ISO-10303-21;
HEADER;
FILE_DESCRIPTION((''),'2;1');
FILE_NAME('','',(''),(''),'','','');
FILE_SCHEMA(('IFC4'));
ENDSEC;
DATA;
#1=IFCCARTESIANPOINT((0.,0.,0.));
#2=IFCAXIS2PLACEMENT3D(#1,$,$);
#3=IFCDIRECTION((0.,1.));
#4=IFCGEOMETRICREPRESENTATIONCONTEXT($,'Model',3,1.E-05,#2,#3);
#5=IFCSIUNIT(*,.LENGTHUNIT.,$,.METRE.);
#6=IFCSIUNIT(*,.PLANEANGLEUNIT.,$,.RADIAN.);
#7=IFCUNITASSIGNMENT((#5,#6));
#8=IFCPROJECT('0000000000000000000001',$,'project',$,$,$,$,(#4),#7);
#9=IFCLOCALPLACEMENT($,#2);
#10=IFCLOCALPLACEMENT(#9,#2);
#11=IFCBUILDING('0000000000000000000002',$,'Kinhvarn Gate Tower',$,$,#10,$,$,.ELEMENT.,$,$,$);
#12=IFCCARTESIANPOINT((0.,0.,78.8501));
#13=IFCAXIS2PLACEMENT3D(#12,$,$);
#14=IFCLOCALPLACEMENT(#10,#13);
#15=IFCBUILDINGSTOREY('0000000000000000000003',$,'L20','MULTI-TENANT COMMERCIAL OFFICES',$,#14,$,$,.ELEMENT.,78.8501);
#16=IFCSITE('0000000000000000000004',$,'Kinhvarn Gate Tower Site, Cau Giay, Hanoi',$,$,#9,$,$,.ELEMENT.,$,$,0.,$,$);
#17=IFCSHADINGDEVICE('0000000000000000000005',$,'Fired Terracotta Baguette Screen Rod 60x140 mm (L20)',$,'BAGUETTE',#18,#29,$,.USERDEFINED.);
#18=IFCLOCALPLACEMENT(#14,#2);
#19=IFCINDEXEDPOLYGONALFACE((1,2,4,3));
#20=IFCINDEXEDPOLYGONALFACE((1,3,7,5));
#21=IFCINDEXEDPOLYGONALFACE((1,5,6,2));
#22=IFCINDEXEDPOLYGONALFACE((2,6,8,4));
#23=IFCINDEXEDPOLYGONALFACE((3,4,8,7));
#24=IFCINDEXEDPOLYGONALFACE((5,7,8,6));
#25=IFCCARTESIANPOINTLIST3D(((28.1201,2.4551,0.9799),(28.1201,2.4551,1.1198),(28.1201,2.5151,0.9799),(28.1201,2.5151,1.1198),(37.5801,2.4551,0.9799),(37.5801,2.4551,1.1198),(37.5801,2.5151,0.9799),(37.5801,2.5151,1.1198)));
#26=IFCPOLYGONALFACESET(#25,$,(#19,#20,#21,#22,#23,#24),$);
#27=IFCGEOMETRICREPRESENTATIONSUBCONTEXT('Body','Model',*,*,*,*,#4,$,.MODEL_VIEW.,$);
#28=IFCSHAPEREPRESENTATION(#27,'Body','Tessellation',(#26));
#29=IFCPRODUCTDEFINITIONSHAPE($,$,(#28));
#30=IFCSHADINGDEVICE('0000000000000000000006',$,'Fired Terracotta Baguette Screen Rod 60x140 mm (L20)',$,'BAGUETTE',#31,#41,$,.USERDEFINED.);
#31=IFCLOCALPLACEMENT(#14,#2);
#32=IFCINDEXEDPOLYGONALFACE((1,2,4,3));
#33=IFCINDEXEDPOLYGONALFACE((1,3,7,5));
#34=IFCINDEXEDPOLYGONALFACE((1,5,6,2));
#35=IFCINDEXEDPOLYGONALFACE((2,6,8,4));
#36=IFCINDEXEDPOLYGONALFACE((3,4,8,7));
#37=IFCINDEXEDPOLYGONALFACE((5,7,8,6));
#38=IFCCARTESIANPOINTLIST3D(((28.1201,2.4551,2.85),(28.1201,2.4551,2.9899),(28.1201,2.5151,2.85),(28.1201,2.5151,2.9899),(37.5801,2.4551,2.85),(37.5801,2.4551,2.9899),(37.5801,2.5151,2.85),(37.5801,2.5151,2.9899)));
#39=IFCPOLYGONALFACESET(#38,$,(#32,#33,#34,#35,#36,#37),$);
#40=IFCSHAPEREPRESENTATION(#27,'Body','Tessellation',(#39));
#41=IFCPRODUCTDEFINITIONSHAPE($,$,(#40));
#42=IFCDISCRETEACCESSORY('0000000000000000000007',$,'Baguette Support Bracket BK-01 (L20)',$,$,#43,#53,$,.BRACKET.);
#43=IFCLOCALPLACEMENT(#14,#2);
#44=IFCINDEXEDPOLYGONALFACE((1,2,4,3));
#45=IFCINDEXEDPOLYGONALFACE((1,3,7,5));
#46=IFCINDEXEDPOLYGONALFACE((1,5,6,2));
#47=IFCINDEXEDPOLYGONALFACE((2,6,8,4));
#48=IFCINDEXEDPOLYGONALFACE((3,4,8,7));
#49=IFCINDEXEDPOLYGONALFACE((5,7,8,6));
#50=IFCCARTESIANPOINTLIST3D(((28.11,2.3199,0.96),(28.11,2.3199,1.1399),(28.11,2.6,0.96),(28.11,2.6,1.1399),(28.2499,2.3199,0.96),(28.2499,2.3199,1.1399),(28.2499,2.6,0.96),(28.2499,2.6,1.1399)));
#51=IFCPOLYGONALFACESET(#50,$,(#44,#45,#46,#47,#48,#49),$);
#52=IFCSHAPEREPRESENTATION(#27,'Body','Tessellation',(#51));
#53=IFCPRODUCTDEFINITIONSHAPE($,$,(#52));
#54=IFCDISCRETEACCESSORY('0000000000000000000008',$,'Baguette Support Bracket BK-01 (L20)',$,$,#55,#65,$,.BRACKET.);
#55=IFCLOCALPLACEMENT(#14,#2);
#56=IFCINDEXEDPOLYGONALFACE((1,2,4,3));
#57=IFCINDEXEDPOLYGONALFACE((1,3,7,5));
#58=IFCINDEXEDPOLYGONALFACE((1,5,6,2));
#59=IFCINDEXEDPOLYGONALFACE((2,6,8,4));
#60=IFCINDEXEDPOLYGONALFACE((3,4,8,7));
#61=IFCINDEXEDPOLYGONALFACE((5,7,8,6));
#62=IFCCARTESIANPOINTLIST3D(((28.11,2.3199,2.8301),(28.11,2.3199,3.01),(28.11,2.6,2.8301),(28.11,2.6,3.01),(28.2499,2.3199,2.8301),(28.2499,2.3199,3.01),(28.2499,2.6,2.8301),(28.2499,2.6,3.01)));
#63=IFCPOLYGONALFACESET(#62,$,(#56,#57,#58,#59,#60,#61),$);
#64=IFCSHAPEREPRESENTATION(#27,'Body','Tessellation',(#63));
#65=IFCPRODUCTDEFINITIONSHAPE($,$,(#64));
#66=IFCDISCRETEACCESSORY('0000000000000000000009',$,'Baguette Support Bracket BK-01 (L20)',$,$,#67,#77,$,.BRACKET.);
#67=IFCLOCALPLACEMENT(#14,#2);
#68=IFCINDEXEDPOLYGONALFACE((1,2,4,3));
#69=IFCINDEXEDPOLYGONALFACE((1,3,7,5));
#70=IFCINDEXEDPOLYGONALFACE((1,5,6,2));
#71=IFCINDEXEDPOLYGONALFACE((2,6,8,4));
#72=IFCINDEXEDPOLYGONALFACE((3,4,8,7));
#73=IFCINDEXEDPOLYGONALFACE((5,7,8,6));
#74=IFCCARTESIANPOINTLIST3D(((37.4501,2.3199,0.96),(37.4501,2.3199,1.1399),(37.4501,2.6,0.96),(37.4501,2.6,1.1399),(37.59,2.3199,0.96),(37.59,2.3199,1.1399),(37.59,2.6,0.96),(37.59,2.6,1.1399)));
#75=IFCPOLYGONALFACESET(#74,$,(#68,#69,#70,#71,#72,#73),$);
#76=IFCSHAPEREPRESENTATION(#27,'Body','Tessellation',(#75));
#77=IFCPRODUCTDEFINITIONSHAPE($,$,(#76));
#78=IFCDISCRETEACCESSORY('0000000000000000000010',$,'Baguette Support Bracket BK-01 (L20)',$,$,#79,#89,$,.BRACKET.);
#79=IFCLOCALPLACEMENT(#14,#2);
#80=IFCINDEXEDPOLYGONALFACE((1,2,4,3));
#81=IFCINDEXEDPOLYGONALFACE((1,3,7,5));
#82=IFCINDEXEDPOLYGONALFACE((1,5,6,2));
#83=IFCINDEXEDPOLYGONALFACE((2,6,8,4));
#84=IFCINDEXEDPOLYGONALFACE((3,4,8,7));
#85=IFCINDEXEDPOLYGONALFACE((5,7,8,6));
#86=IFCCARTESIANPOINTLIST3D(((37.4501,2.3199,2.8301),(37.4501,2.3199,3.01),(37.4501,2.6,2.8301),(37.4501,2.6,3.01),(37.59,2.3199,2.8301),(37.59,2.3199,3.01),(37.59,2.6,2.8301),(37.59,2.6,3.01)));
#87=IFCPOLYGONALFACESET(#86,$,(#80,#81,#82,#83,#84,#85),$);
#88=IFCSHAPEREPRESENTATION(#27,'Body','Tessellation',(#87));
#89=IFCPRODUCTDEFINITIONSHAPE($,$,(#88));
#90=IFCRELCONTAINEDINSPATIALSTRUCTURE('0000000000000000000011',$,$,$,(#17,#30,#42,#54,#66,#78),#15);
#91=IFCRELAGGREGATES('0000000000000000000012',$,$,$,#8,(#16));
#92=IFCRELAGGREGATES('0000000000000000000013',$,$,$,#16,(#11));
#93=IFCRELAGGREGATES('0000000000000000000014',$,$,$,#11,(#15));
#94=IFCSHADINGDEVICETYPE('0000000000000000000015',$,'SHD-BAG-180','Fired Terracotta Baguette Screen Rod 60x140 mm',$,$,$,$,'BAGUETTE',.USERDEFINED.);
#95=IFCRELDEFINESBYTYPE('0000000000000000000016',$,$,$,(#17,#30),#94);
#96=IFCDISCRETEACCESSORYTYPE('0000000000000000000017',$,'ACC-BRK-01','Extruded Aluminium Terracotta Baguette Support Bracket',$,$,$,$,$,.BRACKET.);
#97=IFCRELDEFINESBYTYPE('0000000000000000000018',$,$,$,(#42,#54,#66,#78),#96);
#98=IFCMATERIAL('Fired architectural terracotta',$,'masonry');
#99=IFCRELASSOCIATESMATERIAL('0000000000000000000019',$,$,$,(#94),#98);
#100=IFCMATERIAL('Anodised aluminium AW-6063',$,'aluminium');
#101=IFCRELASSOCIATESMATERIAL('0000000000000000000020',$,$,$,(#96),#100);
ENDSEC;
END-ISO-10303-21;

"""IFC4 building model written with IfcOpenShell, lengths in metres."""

from ifc_helpers import new_model, si_unit, direction, frame, origin, origin_2d, place, context, subcontext, project, spatial, rectangle, extrude, material, material_profile, profile_set, type_object, element, save


model = new_model("IFC4")

# Units and contexts
model_context = context("Model", 3, precision=1e-05, world=origin(), true_north=direction((0.0, 1.0)))
body_context = subcontext(model_context, "Body", "Model", "MODEL_VIEW")
ifc_project = project(units=[si_unit("LENGTHUNIT", "METRE"), si_unit("PLANEANGLEUNIT", "RADIAN")], contexts=[model_context])

# Site, building, storey
site_placement = place(None, origin())
site = spatial("IfcSite", under=ifc_project, at=site_placement, Name="Kinhvarn Gate Tower Site, Cau Giay, Hanoi", CompositionType="ELEMENT", RefElevation=0.0)
building_placement = place(site_placement, origin())
building = spatial("IfcBuilding", under=site, at=building_placement, Name="Kinhvarn Gate Tower", CompositionType="ELEMENT")
storey_placement = place(building_placement, frame((0.0, 0.0, 78.8501)))
storey = spatial("IfcBuildingStorey", under=building, at=storey_placement, Name="L20", Description="MULTI-TENANT COMMERCIAL OFFICES", CompositionType="ELEMENT", Elevation=78.8501)

# Shared definitions
ifc_material_1 = material(Name="Anodised aluminium AW-6063", Category="aluminium")

# Shading devices
ifc_material_2 = material(Name="Fired architectural terracotta", Category="masonry")
ifc_material_profile_1 = material_profile(ifc_material_2, rectangle(XDim=0.0601, YDim=0.1399, at=origin_2d()), Name="TC 60x140")
ifc_profile_set_1 = profile_set([ifc_material_profile_1], Name="Fired architectural terracotta")
shading_device_type = type_object("IfcShadingDeviceType", Name="SHD-BAG-180", Description="Fired Terracotta Baguette Screen Rod 60x140 mm", ElementType="BAGUETTE", PredefinedType="USERDEFINED", material=ifc_profile_set_1)
for number, where, z_axis, x_axis, name in (
    (1, (28.1201, 2.4851, 1.0498), (1.0, 0.0, 0.0), (0.0, 1.0, 0.0), "Fired Terracotta Baguette Screen Rod 60x140 mm (L20)"),
    (2, (28.1201, 2.4851, 2.9199), (1.0, 0.0, 0.0), (0.0, 1.0, 0.0), "Fired Terracotta Baguette Screen Rod 60x140 mm (L20)"),
):
    element("IfcShadingDevice", number, at=place(storey_placement, frame(where, z_axis=z_axis, x_axis=x_axis)), inside=storey, type_object=shading_device_type, Name=name, ObjectType="BAGUETTE", PredefinedType="USERDEFINED", context=body_context, shape_type="SweptSolid", body=[
        extrude(rectangle(XDim=0.0601, YDim=0.1399, at=origin_2d()), origin(), (0.0, 0.0, 1.0), 9.46),
    ])

# Discrete accessories
discrete_accessory_type = type_object("IfcDiscreteAccessoryType", Name="ACC-BRK-01", Description="Extruded Aluminium Terracotta Baguette Support Bracket", PredefinedType="BRACKET", material=ifc_material_1)
for number, where, z_axis, x_axis, name in (
    (3, (28.1799, 2.46, 0.96), (0.0, 0.0, 1.0), (1.0, 0.0, 0.0), "Baguette Support Bracket BK-01 (L20)"),
    (4, (28.1799, 2.46, 2.8301), (0.0, 0.0, 1.0), (1.0, 0.0, 0.0), "Baguette Support Bracket BK-01 (L20)"),
    (5, (37.52, 2.46, 0.96), (0.0, 0.0, 1.0), (1.0, 0.0, 0.0), "Baguette Support Bracket BK-01 (L20)"),
    (6, (37.52, 2.46, 2.8301), (0.0, 0.0, 1.0), (1.0, 0.0, 0.0), "Baguette Support Bracket BK-01 (L20)"),
):
    element("IfcDiscreteAccessory", number, at=place(storey_placement, frame(where, z_axis=z_axis, x_axis=x_axis)), inside=storey, type_object=discrete_accessory_type, Name=name, PredefinedType="BRACKET", context=body_context, shape_type="SweptSolid", body=[
        extrude(rectangle(XDim=0.1399, YDim=0.28, at=origin_2d()), origin(), (0.0, 0.0, 1.0), 0.1799),
    ])

save(model, "model.ifc")
